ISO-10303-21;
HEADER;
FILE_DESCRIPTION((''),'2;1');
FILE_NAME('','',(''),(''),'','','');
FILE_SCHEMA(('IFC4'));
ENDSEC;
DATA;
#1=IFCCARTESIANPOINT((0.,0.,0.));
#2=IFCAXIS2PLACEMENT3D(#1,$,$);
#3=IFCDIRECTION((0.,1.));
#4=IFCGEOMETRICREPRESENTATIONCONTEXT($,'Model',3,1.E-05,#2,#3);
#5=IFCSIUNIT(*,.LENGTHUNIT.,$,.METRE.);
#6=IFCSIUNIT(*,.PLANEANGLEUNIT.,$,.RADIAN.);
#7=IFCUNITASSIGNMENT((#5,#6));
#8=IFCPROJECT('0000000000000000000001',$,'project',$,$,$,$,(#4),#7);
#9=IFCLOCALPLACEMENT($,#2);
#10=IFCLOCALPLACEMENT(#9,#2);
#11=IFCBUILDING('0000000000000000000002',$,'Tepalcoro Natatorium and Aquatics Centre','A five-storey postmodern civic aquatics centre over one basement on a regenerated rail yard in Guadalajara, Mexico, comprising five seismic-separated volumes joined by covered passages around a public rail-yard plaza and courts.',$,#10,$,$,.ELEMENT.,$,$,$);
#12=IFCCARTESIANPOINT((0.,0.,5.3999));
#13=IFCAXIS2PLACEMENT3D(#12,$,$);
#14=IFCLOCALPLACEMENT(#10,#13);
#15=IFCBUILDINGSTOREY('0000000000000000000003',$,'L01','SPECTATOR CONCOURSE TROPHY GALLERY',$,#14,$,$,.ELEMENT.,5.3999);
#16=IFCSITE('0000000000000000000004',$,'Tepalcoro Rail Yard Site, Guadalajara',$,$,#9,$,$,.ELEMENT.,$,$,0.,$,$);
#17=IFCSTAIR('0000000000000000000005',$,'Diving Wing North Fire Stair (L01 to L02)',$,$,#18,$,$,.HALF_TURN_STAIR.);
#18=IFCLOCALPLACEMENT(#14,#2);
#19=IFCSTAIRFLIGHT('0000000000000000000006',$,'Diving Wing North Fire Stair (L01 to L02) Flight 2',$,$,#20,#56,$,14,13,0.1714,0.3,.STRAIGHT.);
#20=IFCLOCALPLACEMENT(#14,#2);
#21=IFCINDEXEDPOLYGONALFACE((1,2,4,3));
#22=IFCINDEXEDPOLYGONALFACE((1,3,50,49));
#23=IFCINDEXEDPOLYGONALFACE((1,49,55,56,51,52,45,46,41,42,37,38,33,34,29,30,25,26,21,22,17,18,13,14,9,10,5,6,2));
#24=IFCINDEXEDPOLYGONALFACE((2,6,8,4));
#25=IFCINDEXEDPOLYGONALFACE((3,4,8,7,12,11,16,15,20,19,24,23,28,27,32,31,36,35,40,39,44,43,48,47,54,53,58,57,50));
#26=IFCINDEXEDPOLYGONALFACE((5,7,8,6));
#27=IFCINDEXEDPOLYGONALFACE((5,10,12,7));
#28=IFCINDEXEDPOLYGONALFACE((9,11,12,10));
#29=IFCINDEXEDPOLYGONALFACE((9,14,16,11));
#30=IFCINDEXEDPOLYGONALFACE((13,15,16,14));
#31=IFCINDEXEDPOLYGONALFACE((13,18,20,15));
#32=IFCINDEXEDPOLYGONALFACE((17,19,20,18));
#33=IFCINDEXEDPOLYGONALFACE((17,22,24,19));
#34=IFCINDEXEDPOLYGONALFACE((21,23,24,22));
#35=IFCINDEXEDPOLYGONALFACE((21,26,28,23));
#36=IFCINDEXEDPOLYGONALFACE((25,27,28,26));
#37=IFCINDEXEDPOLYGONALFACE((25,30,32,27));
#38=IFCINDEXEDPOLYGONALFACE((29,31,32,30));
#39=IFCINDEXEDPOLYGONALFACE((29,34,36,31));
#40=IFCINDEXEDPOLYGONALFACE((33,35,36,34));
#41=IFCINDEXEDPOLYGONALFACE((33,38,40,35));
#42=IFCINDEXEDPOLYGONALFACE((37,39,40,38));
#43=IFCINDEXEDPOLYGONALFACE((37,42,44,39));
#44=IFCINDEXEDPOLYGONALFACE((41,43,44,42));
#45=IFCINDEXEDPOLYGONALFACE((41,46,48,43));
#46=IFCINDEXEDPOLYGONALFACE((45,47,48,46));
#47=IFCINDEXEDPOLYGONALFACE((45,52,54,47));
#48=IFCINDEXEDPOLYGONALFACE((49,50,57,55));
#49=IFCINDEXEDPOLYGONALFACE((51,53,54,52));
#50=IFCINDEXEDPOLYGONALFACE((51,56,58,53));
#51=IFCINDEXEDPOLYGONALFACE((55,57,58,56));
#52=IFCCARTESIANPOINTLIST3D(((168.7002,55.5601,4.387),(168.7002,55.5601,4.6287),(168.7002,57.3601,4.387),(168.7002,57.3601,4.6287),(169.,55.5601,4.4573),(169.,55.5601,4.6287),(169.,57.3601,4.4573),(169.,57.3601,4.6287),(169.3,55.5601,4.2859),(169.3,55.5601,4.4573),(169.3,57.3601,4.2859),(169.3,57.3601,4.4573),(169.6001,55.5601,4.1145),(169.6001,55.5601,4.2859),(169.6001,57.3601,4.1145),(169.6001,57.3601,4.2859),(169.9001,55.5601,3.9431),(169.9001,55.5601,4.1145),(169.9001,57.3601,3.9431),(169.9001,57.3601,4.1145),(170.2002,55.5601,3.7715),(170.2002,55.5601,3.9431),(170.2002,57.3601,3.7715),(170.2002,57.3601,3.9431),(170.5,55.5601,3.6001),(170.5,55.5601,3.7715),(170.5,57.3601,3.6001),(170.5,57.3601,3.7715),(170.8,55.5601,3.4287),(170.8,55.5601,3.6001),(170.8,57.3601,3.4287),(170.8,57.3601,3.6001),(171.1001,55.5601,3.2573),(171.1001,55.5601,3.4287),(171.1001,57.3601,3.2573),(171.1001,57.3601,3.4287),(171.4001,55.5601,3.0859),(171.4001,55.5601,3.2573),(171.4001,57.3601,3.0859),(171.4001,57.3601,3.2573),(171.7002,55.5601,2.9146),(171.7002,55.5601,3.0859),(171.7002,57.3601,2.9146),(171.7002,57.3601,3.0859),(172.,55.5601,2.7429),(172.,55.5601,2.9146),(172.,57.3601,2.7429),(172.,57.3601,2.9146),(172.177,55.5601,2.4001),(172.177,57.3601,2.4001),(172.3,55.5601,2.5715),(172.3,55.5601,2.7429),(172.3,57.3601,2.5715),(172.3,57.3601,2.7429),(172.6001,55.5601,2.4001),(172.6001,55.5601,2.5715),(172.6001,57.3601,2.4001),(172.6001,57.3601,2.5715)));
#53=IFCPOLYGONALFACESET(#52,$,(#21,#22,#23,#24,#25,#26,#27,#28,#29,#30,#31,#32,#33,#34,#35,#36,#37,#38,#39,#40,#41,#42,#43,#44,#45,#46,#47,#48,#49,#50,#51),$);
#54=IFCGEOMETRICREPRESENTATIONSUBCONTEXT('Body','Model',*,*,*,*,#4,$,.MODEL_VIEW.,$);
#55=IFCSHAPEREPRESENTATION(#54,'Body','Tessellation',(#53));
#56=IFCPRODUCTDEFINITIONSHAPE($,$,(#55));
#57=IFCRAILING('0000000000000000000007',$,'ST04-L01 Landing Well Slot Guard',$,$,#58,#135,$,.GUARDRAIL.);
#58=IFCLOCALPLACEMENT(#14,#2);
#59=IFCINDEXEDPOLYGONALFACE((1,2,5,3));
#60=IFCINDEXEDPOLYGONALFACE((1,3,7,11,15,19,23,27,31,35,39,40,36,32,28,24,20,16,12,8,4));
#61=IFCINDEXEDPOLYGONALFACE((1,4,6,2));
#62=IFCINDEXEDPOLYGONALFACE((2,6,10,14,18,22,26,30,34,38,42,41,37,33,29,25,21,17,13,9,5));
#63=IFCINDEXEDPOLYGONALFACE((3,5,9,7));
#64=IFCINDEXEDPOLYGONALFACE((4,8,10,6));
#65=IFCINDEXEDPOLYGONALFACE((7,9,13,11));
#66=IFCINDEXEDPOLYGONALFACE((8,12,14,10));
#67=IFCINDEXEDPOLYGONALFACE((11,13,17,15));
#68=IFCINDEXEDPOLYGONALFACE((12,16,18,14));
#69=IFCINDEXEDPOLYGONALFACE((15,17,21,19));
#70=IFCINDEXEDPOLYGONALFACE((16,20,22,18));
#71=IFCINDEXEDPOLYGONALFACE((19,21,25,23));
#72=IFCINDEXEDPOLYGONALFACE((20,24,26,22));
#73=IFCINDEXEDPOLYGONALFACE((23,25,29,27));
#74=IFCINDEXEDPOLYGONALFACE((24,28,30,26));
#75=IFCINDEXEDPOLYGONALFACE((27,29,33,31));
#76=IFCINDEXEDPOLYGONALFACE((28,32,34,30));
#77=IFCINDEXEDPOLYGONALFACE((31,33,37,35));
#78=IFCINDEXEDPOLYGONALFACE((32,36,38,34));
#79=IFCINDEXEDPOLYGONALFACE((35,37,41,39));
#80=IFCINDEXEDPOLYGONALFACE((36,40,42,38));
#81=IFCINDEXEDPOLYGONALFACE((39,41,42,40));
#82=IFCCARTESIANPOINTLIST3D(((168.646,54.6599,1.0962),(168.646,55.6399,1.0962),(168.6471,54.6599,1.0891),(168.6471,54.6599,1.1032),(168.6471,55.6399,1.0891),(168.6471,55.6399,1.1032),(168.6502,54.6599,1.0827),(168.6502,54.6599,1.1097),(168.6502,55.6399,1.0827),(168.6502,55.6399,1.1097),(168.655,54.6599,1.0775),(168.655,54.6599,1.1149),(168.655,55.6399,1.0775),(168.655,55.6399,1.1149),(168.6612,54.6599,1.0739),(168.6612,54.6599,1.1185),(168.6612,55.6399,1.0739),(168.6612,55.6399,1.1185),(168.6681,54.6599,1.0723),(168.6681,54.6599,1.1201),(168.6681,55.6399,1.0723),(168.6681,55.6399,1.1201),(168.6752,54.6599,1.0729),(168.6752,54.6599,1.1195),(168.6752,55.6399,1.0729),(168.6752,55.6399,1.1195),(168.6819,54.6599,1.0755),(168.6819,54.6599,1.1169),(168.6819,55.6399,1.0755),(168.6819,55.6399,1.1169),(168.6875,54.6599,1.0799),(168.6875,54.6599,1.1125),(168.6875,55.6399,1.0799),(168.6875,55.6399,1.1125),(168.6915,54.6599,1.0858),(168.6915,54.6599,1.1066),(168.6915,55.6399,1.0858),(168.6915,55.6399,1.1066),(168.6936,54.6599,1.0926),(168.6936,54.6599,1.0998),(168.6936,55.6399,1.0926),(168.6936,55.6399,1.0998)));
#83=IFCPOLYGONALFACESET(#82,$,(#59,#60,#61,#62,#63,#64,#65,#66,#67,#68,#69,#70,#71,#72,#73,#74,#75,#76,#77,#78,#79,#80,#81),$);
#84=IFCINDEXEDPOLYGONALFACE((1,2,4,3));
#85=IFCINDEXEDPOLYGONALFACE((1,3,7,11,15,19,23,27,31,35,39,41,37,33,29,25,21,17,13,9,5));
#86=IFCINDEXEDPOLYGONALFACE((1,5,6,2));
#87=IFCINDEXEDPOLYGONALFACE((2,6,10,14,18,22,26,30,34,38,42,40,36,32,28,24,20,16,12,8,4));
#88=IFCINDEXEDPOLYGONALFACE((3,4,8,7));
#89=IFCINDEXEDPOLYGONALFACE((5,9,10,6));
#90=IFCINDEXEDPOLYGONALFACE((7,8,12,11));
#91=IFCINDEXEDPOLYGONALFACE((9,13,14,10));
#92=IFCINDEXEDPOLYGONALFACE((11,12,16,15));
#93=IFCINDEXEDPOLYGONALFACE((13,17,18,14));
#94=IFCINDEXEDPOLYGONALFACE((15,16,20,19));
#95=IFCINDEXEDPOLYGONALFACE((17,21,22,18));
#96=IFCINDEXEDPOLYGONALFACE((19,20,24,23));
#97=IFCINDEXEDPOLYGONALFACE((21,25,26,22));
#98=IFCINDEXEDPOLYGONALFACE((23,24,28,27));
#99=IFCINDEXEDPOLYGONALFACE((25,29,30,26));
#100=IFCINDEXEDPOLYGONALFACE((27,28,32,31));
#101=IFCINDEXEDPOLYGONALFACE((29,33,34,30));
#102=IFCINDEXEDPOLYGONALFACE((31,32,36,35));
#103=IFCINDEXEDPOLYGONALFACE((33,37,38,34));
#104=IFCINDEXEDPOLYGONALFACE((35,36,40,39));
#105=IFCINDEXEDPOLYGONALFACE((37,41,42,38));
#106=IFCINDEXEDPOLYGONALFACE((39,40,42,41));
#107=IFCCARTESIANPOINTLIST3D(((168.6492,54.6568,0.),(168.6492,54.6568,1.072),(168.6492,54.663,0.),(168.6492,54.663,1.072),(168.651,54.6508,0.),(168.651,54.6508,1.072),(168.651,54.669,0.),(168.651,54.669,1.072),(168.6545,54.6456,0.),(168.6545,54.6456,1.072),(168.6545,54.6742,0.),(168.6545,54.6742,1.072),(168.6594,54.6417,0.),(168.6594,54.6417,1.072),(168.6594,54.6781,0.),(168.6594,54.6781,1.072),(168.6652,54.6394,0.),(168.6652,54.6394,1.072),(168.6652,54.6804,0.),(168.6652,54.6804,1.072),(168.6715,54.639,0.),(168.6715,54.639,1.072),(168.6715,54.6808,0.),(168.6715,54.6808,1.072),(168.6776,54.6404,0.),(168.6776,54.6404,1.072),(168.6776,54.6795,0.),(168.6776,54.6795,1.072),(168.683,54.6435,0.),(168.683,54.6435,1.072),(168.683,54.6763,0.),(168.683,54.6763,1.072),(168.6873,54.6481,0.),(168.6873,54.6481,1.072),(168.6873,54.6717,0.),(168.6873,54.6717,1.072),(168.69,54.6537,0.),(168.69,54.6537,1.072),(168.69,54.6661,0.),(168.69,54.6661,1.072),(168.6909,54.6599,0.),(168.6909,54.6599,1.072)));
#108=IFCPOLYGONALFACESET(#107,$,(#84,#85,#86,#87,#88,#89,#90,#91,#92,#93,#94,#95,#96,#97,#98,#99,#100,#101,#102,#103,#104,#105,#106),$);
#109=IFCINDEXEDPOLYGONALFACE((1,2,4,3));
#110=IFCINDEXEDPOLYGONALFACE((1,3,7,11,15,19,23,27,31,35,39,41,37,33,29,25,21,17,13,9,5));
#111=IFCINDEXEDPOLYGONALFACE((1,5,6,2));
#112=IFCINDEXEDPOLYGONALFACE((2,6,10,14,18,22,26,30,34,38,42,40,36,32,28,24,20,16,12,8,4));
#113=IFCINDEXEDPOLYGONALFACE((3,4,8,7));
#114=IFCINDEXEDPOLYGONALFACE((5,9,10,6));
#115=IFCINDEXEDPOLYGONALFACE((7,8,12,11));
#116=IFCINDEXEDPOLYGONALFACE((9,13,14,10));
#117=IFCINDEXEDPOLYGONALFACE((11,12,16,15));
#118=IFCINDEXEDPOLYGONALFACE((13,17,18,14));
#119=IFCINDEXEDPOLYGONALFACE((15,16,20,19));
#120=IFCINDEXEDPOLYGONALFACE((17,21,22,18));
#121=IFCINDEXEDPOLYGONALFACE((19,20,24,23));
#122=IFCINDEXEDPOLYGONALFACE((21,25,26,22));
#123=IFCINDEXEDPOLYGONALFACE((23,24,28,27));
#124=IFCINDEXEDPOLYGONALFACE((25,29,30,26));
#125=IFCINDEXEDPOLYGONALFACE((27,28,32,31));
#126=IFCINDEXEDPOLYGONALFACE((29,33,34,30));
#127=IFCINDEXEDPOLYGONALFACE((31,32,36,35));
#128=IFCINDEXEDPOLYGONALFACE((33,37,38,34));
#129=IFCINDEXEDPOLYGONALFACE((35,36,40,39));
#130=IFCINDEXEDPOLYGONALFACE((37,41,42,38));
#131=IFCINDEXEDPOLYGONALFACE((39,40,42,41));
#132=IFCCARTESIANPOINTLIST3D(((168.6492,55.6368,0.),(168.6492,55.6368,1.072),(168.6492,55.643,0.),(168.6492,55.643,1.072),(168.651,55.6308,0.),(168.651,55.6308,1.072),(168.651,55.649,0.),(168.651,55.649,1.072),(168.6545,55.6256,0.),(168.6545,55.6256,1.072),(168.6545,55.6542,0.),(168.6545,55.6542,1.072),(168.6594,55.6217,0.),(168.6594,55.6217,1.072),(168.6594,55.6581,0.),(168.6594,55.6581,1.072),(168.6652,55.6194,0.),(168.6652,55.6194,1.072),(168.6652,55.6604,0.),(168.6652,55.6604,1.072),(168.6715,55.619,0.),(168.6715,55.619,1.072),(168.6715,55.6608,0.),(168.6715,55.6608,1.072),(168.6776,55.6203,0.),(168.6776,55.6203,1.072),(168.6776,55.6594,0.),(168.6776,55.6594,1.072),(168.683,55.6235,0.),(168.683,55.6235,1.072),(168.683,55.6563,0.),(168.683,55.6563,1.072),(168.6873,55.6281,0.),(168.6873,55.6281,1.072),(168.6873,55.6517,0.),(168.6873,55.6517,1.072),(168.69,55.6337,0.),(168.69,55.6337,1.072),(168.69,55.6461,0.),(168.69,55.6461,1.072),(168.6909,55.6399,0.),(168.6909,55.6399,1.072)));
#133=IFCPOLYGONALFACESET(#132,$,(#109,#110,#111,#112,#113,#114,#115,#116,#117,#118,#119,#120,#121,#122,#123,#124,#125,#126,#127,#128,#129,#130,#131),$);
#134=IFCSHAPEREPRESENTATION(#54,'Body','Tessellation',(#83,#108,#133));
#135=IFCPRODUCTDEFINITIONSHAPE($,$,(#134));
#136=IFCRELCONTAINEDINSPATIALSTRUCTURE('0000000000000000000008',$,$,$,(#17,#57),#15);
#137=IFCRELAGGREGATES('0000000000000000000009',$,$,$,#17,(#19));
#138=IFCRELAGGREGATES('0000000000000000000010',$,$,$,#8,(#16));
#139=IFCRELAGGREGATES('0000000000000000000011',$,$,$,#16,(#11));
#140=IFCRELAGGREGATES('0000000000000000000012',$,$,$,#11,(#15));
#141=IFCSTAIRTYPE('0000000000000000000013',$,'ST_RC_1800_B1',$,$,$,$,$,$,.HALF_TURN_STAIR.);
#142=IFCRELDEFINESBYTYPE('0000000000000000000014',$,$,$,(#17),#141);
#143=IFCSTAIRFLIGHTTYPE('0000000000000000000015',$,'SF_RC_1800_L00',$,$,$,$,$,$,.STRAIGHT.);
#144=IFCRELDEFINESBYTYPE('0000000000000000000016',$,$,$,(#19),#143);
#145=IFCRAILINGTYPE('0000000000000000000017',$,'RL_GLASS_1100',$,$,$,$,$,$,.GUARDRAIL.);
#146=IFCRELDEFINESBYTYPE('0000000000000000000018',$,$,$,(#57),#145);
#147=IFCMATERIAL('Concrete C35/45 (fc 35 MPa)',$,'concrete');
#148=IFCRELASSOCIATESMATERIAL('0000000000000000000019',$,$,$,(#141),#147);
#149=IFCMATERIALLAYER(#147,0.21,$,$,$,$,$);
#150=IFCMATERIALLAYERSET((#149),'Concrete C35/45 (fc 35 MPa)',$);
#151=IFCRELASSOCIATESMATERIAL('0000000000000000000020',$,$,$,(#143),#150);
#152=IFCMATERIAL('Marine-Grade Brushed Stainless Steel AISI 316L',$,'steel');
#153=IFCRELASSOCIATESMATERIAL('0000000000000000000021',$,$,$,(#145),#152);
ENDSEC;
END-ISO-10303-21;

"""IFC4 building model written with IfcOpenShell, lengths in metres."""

from ifc_helpers import new_model, si_unit, direction, frame, origin, origin_2d, place, context, subcontext, project, spatial, polyline, circle, outline, extrude, material, layer, layer_set, type_object, element, aggregate, save


model = new_model("IFC4")

# Units and contexts
model_context = context("Model", 3, precision=1e-05, world=origin(), true_north=direction((0.0, 1.0)))
body_context = subcontext(model_context, "Body", "Model", "MODEL_VIEW")
ifc_project = project(units=[si_unit("LENGTHUNIT", "METRE"), si_unit("PLANEANGLEUNIT", "RADIAN")], contexts=[model_context])

# Site, building, storey
site_placement = place(None, origin())
site = spatial("IfcSite", under=ifc_project, at=site_placement, Name="Tepalcoro Rail Yard Site, Guadalajara", CompositionType="ELEMENT", RefElevation=0.0)
building_placement = place(site_placement, origin())
building = spatial("IfcBuilding", under=site, at=building_placement, Name="Tepalcoro Natatorium and Aquatics Centre", Description="A five-storey postmodern civic aquatics centre over one basement on a regenerated rail yard in Guadalajara, Mexico, comprising five seismic-separated volumes joined by covered passages around a public rail-yard plaza and courts.", CompositionType="ELEMENT")
storey_placement = place(building_placement, frame((0.0, 0.0, 5.3999)))
storey = spatial("IfcBuildingStorey", under=building, at=storey_placement, Name="L01", Description="SPECTATOR CONCOURSE TROPHY GALLERY", CompositionType="ELEMENT", Elevation=5.3999)

# Stair, stair flight
ifc_material_1 = material(Name="Concrete C35/45 (fc 35 MPa)", Category="concrete")
stair_type = type_object("IfcStairType", Name="ST_RC_1800_B1", PredefinedType="HALF_TURN_STAIR", material=ifc_material_1)
stair_placement = place(storey_placement, origin())
stair = element("IfcStair", 1, at=stair_placement, inside=storey, type_object=stair_type, Name="Diving Wing North Fire Stair (L01 to L02)", PredefinedType="HALF_TURN_STAIR")
ifc_layer_1 = layer(ifc_material_1, 0.21)
ifc_layer_set_1 = layer_set([ifc_layer_1], Name="Concrete C35/45 (fc 35 MPa)")
stair_flight_type = type_object("IfcStairFlightType", Name="SF_RC_1800_L00", PredefinedType="STRAIGHT", material=ifc_layer_set_1)
stair_flight_1_placement = place(storey_placement, frame((172.6001, 56.46, 2.4001), z_axis=(0.0, 0.0, 1.0), x_axis=(-1.0, 0.0, 0.0)))
stair_flight_1 = element("IfcStairFlight", 2, at=stair_flight_1_placement, type_object=stair_flight_type, Name="Diving Wing North Fire Stair (L01 to L02) Flight 2", NumberOfRisers=14, NumberOfTreads=13, PredefinedType="STRAIGHT", RiserHeight=0.1714, TreadLength=0.3, context=body_context, shape_type="SweptSolid", body=[
    extrude(outline(polyline([(0.0, 0.0), (0.0, 0.1714), (0.3, 0.1714), (0.3, 0.3428), (0.6001, 0.3428), (0.6001, 0.5144), (0.8999, 0.5144), (0.8999, 0.6858), (1.2, 0.6858), (1.2, 0.8572), (1.5, 0.8572), (1.5, 1.0286), (1.8, 1.0286), (1.8, 1.2), (2.1001, 1.2), (2.1001, 1.3713), (2.3999, 1.3713), (2.3999, 1.543), (2.7, 1.543), (2.7, 1.7144), (3.0, 1.7144), (3.0, 1.8857), (3.3, 1.8857), (3.3, 2.0571), (3.6001, 2.0571), (3.6001, 2.2285), (3.8999, 2.2285), (3.8999, 2.3999), (3.8999, 1.9868), (0.4231, 0.0), (0.0, 0.0)])), frame((0.0, 0.8999, 0.0), z_axis=(0.0, -1.0, 0.0), x_axis=(1.0, 0.0, 0.0)), (0.0, 0.0, 1.0), 1.8),
])
aggregate(stair, [stair_flight_1])

# Railing
ifc_material_2 = material(Name="Marine-Grade Brushed Stainless Steel AISI 316L", Category="steel")
railing_type_1 = type_object("IfcRailingType", Name="RL_GLASS_1100", PredefinedType="GUARDRAIL", material=ifc_material_2)
railing_1_placement = place(storey_placement, frame((168.6699, 54.6599, 0.0)))
element("IfcRailing", 3, at=railing_1_placement, inside=storey, type_object=railing_type_1, Name="ST04-L01 Landing Well Slot Guard", PredefinedType="GUARDRAIL", context=body_context, shape_type="SweptSolid", body=[
    extrude(circle(Radius=0.0239, at=origin_2d()), frame((0.0, 0.0, 1.0962), z_axis=(0.0, 1.0, 0.0), x_axis=(-1.0, 0.0, 0.0)), (0.0, 0.0, 1.0), 0.98),
    extrude(circle(Radius=0.021, at=origin_2d()), origin(), (0.0, 0.0, 1.0), 1.072),
    extrude(circle(Radius=0.021, at=origin_2d()), frame((0.0, 0.98, 0.0)), (0.0, 0.0, 1.0), 1.072),
])

save(model, "model.ifc")
